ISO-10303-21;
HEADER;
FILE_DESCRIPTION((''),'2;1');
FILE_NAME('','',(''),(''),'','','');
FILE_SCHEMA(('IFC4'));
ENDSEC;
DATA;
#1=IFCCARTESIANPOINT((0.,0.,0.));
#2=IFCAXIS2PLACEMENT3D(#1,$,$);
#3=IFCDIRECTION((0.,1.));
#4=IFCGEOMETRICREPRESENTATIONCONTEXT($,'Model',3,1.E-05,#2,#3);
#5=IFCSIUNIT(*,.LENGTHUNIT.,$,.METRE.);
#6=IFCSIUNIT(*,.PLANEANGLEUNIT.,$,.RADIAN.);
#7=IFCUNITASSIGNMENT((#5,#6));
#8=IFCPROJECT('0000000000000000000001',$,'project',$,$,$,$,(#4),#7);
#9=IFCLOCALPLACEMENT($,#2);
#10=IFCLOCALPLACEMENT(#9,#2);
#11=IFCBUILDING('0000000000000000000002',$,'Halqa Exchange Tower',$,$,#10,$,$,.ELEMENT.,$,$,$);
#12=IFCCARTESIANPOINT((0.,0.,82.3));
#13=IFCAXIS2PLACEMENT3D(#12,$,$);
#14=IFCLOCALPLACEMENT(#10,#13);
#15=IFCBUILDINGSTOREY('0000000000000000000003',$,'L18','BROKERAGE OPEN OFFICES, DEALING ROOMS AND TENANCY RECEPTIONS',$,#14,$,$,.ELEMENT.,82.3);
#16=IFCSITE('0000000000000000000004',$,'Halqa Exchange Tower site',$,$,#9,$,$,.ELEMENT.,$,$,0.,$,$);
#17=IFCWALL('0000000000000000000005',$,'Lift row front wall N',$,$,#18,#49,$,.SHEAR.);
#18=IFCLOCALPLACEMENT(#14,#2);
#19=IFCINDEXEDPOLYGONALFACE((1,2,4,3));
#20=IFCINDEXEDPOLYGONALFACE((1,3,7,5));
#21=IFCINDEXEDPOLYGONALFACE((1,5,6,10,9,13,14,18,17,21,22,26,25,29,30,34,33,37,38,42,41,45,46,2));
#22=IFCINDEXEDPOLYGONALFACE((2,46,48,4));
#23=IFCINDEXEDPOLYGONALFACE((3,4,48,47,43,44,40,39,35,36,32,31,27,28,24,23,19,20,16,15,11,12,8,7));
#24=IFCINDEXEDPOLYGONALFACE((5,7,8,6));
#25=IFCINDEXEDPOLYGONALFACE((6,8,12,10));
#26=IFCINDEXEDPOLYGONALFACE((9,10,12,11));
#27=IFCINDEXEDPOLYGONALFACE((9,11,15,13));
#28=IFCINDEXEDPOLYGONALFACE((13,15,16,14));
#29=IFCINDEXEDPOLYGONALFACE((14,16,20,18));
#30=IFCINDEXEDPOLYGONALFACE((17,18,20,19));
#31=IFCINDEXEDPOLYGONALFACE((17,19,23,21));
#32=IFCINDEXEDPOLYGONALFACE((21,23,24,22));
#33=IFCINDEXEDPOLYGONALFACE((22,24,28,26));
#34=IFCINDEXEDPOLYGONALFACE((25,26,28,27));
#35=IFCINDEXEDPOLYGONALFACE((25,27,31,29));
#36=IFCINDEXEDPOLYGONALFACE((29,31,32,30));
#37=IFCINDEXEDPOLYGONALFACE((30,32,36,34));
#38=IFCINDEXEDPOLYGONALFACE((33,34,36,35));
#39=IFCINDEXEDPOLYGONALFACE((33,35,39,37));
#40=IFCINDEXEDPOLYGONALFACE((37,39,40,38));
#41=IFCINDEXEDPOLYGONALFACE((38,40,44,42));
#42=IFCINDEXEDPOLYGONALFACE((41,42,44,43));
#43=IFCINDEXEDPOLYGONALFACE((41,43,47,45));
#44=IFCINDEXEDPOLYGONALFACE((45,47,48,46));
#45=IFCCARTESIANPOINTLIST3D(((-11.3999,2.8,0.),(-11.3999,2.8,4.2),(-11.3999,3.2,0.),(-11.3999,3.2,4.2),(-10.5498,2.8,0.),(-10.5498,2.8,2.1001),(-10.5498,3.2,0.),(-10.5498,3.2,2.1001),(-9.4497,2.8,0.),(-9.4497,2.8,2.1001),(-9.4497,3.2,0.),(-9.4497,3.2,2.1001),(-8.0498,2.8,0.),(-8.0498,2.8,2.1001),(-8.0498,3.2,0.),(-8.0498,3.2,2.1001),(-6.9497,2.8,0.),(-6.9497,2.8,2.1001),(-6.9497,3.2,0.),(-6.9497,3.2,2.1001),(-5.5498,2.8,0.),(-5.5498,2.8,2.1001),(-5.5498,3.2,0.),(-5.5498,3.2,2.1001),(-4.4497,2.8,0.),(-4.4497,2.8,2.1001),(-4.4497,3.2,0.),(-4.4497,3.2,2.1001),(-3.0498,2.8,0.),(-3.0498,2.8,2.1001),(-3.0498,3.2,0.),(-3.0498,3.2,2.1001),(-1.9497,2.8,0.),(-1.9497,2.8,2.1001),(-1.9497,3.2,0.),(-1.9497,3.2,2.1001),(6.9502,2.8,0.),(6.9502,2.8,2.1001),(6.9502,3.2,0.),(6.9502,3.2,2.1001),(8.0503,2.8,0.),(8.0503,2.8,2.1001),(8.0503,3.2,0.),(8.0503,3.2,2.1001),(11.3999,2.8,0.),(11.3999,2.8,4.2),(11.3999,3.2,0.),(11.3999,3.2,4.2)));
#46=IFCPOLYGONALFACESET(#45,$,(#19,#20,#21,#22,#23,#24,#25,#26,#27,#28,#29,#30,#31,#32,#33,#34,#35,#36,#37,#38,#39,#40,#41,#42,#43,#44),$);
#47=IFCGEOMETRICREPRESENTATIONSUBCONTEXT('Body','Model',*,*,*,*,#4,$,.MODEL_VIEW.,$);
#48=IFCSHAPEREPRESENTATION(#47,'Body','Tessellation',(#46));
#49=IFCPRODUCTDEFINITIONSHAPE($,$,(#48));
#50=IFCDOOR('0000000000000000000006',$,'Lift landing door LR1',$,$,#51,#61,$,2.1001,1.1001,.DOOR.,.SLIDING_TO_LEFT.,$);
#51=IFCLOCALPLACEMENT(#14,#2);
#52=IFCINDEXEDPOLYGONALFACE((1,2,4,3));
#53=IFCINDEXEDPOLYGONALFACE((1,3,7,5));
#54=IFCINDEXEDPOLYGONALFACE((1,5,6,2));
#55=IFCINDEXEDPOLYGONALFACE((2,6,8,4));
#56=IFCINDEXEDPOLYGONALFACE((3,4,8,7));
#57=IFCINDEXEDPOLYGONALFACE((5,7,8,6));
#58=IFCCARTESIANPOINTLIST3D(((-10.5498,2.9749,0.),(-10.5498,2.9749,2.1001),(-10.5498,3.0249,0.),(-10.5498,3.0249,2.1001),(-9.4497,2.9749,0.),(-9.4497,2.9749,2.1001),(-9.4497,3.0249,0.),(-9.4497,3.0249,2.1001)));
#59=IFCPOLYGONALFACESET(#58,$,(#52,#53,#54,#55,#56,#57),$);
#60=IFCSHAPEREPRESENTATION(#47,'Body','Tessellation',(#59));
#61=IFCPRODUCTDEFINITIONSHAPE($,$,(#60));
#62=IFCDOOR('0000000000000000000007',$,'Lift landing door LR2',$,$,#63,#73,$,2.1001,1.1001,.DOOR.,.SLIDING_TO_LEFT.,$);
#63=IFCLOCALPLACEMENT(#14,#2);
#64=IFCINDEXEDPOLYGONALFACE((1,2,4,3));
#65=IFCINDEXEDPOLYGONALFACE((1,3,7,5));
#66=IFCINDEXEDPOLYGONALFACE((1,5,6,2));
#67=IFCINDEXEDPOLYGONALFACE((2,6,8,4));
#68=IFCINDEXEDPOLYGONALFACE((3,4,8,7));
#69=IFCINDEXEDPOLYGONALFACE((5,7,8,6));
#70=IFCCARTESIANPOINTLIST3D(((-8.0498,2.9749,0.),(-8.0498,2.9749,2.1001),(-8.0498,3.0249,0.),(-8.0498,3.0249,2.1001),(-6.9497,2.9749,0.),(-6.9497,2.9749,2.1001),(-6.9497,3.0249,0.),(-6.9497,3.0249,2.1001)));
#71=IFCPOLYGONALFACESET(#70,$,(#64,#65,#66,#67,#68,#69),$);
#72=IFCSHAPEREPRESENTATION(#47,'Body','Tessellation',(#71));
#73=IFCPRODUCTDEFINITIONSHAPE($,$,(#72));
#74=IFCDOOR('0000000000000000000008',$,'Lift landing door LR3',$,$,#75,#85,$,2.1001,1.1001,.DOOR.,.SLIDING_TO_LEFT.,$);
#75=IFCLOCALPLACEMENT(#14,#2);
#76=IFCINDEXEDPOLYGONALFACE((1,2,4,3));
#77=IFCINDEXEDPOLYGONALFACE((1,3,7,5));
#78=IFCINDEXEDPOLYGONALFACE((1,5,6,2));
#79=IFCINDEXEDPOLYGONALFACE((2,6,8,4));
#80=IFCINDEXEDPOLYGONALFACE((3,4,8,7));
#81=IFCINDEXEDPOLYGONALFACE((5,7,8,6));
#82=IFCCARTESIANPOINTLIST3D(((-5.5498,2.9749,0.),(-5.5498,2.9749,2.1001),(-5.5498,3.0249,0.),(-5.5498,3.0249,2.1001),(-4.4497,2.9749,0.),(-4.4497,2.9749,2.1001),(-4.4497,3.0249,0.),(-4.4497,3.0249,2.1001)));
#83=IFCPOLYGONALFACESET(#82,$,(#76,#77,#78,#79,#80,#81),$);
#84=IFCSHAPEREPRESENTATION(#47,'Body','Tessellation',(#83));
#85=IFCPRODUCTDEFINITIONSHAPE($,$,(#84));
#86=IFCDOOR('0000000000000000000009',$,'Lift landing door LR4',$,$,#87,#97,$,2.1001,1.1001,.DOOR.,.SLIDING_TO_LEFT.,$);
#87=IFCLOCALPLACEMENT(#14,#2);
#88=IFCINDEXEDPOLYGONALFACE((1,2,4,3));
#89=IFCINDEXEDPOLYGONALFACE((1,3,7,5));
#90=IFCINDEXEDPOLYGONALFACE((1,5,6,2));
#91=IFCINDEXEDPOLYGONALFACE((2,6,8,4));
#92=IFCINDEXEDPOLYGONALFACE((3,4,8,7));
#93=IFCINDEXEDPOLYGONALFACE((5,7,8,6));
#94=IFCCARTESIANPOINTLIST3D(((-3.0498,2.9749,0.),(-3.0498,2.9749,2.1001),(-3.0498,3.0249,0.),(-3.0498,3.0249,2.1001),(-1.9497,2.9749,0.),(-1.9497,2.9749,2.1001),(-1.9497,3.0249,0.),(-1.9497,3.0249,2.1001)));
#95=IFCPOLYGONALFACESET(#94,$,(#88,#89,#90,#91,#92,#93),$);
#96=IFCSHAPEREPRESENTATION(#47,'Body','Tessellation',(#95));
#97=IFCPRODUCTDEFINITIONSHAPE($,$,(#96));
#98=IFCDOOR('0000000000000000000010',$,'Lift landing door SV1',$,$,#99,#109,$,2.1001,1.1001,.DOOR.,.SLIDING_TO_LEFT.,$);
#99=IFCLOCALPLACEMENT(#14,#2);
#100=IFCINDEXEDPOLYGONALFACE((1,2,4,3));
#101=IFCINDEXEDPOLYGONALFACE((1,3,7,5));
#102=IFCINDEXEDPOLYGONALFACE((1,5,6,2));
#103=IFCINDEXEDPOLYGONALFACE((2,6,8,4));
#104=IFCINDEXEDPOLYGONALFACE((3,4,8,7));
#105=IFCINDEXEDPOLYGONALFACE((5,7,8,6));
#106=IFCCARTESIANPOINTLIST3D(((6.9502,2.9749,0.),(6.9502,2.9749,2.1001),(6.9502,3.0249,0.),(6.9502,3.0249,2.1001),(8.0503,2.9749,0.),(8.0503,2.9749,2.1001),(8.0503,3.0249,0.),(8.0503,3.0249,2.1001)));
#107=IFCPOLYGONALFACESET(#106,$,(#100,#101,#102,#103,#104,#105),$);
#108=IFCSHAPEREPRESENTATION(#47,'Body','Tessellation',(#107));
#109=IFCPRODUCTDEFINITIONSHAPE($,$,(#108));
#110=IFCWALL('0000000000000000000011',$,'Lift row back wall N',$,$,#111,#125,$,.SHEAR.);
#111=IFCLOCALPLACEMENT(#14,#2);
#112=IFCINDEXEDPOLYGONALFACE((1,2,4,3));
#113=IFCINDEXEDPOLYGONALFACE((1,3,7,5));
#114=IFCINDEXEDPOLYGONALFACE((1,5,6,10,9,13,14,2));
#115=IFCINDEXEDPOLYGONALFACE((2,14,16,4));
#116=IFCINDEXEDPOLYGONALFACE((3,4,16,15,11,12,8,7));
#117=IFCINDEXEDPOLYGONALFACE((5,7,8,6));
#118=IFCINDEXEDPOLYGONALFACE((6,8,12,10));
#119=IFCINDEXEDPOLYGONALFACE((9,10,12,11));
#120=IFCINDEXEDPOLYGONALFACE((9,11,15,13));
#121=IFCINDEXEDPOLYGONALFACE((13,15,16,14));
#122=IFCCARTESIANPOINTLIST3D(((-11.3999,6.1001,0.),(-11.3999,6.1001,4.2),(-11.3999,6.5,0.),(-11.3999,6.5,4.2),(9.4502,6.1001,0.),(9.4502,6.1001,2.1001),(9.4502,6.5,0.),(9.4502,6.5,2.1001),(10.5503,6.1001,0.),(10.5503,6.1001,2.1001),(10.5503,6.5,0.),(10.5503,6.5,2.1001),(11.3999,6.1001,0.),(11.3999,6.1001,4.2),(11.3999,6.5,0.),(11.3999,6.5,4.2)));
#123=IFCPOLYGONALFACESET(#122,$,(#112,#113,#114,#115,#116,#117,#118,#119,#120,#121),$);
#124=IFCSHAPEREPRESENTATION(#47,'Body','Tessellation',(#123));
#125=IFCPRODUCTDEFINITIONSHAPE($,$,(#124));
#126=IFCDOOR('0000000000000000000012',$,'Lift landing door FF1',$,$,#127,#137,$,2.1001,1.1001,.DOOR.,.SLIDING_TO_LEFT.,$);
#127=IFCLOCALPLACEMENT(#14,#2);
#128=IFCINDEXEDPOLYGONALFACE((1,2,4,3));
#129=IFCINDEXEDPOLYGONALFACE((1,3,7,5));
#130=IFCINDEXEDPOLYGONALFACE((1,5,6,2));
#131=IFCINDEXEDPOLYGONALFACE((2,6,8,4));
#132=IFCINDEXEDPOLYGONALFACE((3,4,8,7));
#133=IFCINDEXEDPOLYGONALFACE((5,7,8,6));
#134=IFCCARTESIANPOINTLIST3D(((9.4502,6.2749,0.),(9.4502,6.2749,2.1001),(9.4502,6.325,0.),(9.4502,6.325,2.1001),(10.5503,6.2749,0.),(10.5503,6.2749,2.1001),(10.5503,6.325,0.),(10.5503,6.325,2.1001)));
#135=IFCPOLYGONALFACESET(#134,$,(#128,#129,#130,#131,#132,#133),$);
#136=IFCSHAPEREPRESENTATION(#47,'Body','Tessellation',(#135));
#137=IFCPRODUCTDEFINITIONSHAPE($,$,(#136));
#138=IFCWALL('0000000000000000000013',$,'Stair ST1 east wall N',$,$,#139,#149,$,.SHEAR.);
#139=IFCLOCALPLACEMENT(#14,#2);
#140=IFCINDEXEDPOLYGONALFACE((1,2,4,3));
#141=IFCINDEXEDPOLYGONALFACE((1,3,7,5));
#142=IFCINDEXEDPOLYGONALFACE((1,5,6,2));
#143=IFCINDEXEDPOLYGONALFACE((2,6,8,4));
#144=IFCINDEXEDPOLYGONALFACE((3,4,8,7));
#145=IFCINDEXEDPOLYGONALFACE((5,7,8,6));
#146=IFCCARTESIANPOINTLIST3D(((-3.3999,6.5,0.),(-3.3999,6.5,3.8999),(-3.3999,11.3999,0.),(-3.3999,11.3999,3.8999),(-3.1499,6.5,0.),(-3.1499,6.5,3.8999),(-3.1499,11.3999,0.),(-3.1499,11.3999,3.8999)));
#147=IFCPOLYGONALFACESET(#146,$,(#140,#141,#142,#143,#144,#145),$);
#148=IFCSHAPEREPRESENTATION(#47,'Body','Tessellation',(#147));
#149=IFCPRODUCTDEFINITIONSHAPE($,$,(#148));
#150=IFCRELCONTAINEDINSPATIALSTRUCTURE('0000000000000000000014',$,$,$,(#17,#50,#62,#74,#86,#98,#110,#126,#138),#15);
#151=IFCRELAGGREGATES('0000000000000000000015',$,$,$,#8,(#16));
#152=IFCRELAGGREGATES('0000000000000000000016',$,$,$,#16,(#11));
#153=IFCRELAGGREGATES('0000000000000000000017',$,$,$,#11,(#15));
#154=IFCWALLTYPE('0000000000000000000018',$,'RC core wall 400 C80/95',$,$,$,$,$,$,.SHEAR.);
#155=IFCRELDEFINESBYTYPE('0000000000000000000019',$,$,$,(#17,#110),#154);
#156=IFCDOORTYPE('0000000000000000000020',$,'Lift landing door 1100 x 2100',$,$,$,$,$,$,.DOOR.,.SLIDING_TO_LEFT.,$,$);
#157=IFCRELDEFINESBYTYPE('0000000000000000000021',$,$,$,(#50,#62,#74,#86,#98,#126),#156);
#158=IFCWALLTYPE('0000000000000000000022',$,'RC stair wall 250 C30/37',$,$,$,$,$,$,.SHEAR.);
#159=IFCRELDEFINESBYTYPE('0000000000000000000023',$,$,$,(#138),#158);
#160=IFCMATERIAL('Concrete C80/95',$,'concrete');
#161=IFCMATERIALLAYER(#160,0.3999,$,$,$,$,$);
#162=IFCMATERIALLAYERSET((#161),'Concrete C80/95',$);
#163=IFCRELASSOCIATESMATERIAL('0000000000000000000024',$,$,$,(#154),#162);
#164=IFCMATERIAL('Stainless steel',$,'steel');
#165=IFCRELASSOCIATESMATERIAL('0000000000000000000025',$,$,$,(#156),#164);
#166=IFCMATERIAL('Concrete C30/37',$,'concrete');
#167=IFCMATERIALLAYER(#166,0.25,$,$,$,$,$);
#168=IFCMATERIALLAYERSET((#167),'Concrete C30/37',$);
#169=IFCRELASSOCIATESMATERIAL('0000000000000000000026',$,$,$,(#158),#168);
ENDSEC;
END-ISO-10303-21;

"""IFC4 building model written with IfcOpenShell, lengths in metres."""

from ifc_helpers import new_model, si_unit, direction, frame, frame_2d, origin, place, context, subcontext, project, spatial, rectangle, extrude, material, layer, layer_set, type_object, element, fill, save


model = new_model("IFC4")

# Units and contexts
model_context = context("Model", 3, precision=1e-05, world=origin(), true_north=direction((0.0, 1.0)))
body_context = subcontext(model_context, "Body", "Model", "MODEL_VIEW")
ifc_project = project(units=[si_unit("LENGTHUNIT", "METRE"), si_unit("PLANEANGLEUNIT", "RADIAN")], contexts=[model_context])

# Site, building, storey
site_placement = place(None, origin())
site = spatial("IfcSite", under=ifc_project, at=site_placement, Name="Halqa Exchange Tower site", CompositionType="ELEMENT", RefElevation=0.0)
building_placement = place(site_placement, origin())
building = spatial("IfcBuilding", under=site, at=building_placement, Name="Halqa Exchange Tower", CompositionType="ELEMENT")
storey_placement = place(building_placement, frame((0.0, 0.0, 82.3)))
storey = spatial("IfcBuildingStorey", under=building, at=storey_placement, Name="L18", Description="BROKERAGE OPEN OFFICES, DEALING ROOMS AND TENANCY RECEPTIONS", CompositionType="ELEMENT", Elevation=82.3)

# Wall, openings, doors
ifc_material_1 = material(Name="Concrete C80/95", Category="concrete")
ifc_layer_1 = layer(ifc_material_1, 0.3999)
ifc_layer_set_1 = layer_set([ifc_layer_1], Name="Concrete C80/95")
wall_type_1 = type_object("IfcWallType", Name="RC core wall 400 C80/95", PredefinedType="SHEAR", material=ifc_layer_set_1)
wall_1_placement = place(storey_placement, frame((-11.3999, 3.0, 0.0), z_axis=(0.0, 0.0, 1.0), x_axis=(1.0, 0.0, 0.0)))
wall_1 = element("IfcWall", 1, at=wall_1_placement, inside=storey, type_object=wall_type_1, Name="Lift row front wall N", PredefinedType="SHEAR", context=body_context, shape_type="SweptSolid", body=[
    extrude(rectangle(XDim=22.7998, YDim=0.3999, at=frame_2d((11.3999, 0.0))), origin(), (0.0, 0.0, 1.0), 4.2),
])
opening_1_placement = place(wall_1_placement, frame((0.8501, 0.0, 0.0)))
opening_1 = element("IfcOpeningElement", 2, at=opening_1_placement, cuts=wall_1, PredefinedType="OPENING", context=body_context, shape_type="SweptSolid", body=[
    extrude(rectangle(XDim=1.1001, YDim=2.1001, at=frame_2d((0.55, 1.05))), frame((0.0, 0.2119, 0.0), z_axis=(0.0, -1.0, 0.0), x_axis=(1.0, 0.0, 0.0)), (0.0, 0.0, 1.0), 0.4238),
])
opening_2_placement = place(wall_1_placement, frame((3.3501, 0.0, 0.0)))
opening_2 = element("IfcOpeningElement", 3, at=opening_2_placement, cuts=wall_1, PredefinedType="OPENING", context=body_context, shape_type="SweptSolid", body=[
    extrude(rectangle(XDim=1.1001, YDim=2.1001, at=frame_2d((0.55, 1.05))), frame((0.0, 0.2119, 0.0), z_axis=(0.0, -1.0, 0.0), x_axis=(1.0, 0.0, 0.0)), (0.0, 0.0, 1.0), 0.4238),
])
opening_3_placement = place(wall_1_placement, frame((5.8501, 0.0, 0.0)))
opening_3 = element("IfcOpeningElement", 4, at=opening_3_placement, cuts=wall_1, PredefinedType="OPENING", context=body_context, shape_type="SweptSolid", body=[
    extrude(rectangle(XDim=1.1001, YDim=2.1001, at=frame_2d((0.55, 1.05))), frame((0.0, 0.2119, 0.0), z_axis=(0.0, -1.0, 0.0), x_axis=(1.0, 0.0, 0.0)), (0.0, 0.0, 1.0), 0.4238),
])
opening_4_placement = place(wall_1_placement, frame((8.3501, 0.0, 0.0)))
opening_4 = element("IfcOpeningElement", 5, at=opening_4_placement, cuts=wall_1, PredefinedType="OPENING", context=body_context, shape_type="SweptSolid", body=[
    extrude(rectangle(XDim=1.1001, YDim=2.1001, at=frame_2d((0.55, 1.05))), frame((0.0, 0.2119, 0.0), z_axis=(0.0, -1.0, 0.0), x_axis=(1.0, 0.0, 0.0)), (0.0, 0.0, 1.0), 0.4238),
])
opening_5_placement = place(wall_1_placement, frame((18.3501, 0.0, 0.0)))
opening_5 = element("IfcOpeningElement", 6, at=opening_5_placement, cuts=wall_1, PredefinedType="OPENING", context=body_context, shape_type="SweptSolid", body=[
    extrude(rectangle(XDim=1.1001, YDim=2.1001, at=frame_2d((0.55, 1.05))), frame((0.0, 0.2119, 0.0), z_axis=(0.0, -1.0, 0.0), x_axis=(1.0, 0.0, 0.0)), (0.0, 0.0, 1.0), 0.4238),
])
ifc_material_2 = material(Name="Stainless steel", Category="steel")
door_type = type_object("IfcDoorType", Name="Lift landing door 1100 x 2100", OperationType="SLIDING_TO_LEFT", PredefinedType="DOOR", material=ifc_material_2)
door_1_placement = place(opening_1_placement, origin())
door_1 = element("IfcDoor", 7, at=door_1_placement, inside=storey, type_object=door_type, Name="Lift landing door LR1", OperationType="SLIDING_TO_LEFT", OverallHeight=2.1001, OverallWidth=1.1001, PredefinedType="DOOR", context=body_context, shape_type="SweptSolid", body=[
    extrude(rectangle(XDim=1.1001, YDim=2.1001, at=frame_2d((0.55, 1.05))), frame((0.0, 0.0249, 0.0), z_axis=(0.0, -1.0, 0.0), x_axis=(1.0, 0.0, 0.0)), (0.0, 0.0, 1.0), 0.05),
])
fill(opening_1, door_1)
door_2_placement = place(opening_2_placement, origin())
door_2 = element("IfcDoor", 8, at=door_2_placement, inside=storey, type_object=door_type, Name="Lift landing door LR2", OperationType="SLIDING_TO_LEFT", OverallHeight=2.1001, OverallWidth=1.1001, PredefinedType="DOOR", context=body_context, shape_type="SweptSolid", body=[
    extrude(rectangle(XDim=1.1001, YDim=2.1001, at=frame_2d((0.55, 1.05))), frame((0.0, 0.0249, 0.0), z_axis=(0.0, -1.0, 0.0), x_axis=(1.0, 0.0, 0.0)), (0.0, 0.0, 1.0), 0.05),
])
fill(opening_2, door_2)
door_3_placement = place(opening_3_placement, origin())
door_3 = element("IfcDoor", 9, at=door_3_placement, inside=storey, type_object=door_type, Name="Lift landing door LR3", OperationType="SLIDING_TO_LEFT", OverallHeight=2.1001, OverallWidth=1.1001, PredefinedType="DOOR", context=body_context, shape_type="SweptSolid", body=[
    extrude(rectangle(XDim=1.1001, YDim=2.1001, at=frame_2d((0.55, 1.05))), frame((0.0, 0.0249, 0.0), z_axis=(0.0, -1.0, 0.0), x_axis=(1.0, 0.0, 0.0)), (0.0, 0.0, 1.0), 0.05),
])
fill(opening_3, door_3)
door_4_placement = place(opening_4_placement, origin())
door_4 = element("IfcDoor", 10, at=door_4_placement, inside=storey, type_object=door_type, Name="Lift landing door LR4", OperationType="SLIDING_TO_LEFT", OverallHeight=2.1001, OverallWidth=1.1001, PredefinedType="DOOR", context=body_context, shape_type="SweptSolid", body=[
    extrude(rectangle(XDim=1.1001, YDim=2.1001, at=frame_2d((0.55, 1.05))), frame((0.0, 0.0249, 0.0), z_axis=(0.0, -1.0, 0.0), x_axis=(1.0, 0.0, 0.0)), (0.0, 0.0, 1.0), 0.05),
])
fill(opening_4, door_4)
door_5_placement = place(opening_5_placement, origin())
door_5 = element("IfcDoor", 11, at=door_5_placement, inside=storey, type_object=door_type, Name="Lift landing door SV1", OperationType="SLIDING_TO_LEFT", OverallHeight=2.1001, OverallWidth=1.1001, PredefinedType="DOOR", context=body_context, shape_type="SweptSolid", body=[
    extrude(rectangle(XDim=1.1001, YDim=2.1001, at=frame_2d((0.55, 1.05))), frame((0.0, 0.0249, 0.0), z_axis=(0.0, -1.0, 0.0), x_axis=(1.0, 0.0, 0.0)), (0.0, 0.0, 1.0), 0.05),
])
fill(opening_5, door_5)

# Wall, opening, door
wall_2_placement = place(storey_placement, frame((-11.3999, 6.3, 0.0), z_axis=(0.0, 0.0, 1.0), x_axis=(1.0, 0.0, 0.0)))
wall_2 = element("IfcWall", 12, at=wall_2_placement, inside=storey, type_object=wall_type_1, Name="Lift row back wall N", PredefinedType="SHEAR", context=body_context, shape_type="SweptSolid", body=[
    extrude(rectangle(XDim=22.7998, YDim=0.3999, at=frame_2d((11.3999, 0.0))), origin(), (0.0, 0.0, 1.0), 4.2),
])
opening_6_placement = place(wall_2_placement, frame((20.8501, 0.0, 0.0)))
opening_6 = element("IfcOpeningElement", 13, at=opening_6_placement, cuts=wall_2, PredefinedType="OPENING", context=body_context, shape_type="SweptSolid", body=[
    extrude(rectangle(XDim=1.1001, YDim=2.1001, at=frame_2d((0.55, 1.05))), frame((0.0, 0.2119, 0.0), z_axis=(0.0, -1.0, 0.0), x_axis=(1.0, 0.0, 0.0)), (0.0, 0.0, 1.0), 0.4238),
])
door_6_placement = place(opening_6_placement, origin())
door_6 = element("IfcDoor", 14, at=door_6_placement, inside=storey, type_object=door_type, Name="Lift landing door FF1", OperationType="SLIDING_TO_LEFT", OverallHeight=2.1001, OverallWidth=1.1001, PredefinedType="DOOR", context=body_context, shape_type="SweptSolid", body=[
    extrude(rectangle(XDim=1.1001, YDim=2.1001, at=frame_2d((0.55, 1.05))), frame((0.0, 0.0249, 0.0), z_axis=(0.0, -1.0, 0.0), x_axis=(1.0, 0.0, 0.0)), (0.0, 0.0, 1.0), 0.05),
])
fill(opening_6, door_6)

# Wall
ifc_material_3 = material(Name="Concrete C30/37", Category="concrete")
ifc_layer_2 = layer(ifc_material_3, 0.25)
ifc_layer_set_2 = layer_set([ifc_layer_2], Name="Concrete C30/37")
wall_type_2 = type_object("IfcWallType", Name="RC stair wall 250 C30/37", PredefinedType="SHEAR", material=ifc_layer_set_2)
wall_3_placement = place(storey_placement, frame((-3.2749, 6.5, 0.0), z_axis=(0.0, 0.0, 1.0), x_axis=(0.0, 1.0, 0.0)))
element("IfcWall", 15, at=wall_3_placement, inside=storey, type_object=wall_type_2, Name="Stair ST1 east wall N", PredefinedType="SHEAR", context=body_context, shape_type="SweptSolid", body=[
    extrude(rectangle(XDim=4.8999, YDim=0.25, at=frame_2d((2.45, 0.0))), origin(), (0.0, 0.0, 1.0), 3.8999),
])

save(model, "model.ifc")
